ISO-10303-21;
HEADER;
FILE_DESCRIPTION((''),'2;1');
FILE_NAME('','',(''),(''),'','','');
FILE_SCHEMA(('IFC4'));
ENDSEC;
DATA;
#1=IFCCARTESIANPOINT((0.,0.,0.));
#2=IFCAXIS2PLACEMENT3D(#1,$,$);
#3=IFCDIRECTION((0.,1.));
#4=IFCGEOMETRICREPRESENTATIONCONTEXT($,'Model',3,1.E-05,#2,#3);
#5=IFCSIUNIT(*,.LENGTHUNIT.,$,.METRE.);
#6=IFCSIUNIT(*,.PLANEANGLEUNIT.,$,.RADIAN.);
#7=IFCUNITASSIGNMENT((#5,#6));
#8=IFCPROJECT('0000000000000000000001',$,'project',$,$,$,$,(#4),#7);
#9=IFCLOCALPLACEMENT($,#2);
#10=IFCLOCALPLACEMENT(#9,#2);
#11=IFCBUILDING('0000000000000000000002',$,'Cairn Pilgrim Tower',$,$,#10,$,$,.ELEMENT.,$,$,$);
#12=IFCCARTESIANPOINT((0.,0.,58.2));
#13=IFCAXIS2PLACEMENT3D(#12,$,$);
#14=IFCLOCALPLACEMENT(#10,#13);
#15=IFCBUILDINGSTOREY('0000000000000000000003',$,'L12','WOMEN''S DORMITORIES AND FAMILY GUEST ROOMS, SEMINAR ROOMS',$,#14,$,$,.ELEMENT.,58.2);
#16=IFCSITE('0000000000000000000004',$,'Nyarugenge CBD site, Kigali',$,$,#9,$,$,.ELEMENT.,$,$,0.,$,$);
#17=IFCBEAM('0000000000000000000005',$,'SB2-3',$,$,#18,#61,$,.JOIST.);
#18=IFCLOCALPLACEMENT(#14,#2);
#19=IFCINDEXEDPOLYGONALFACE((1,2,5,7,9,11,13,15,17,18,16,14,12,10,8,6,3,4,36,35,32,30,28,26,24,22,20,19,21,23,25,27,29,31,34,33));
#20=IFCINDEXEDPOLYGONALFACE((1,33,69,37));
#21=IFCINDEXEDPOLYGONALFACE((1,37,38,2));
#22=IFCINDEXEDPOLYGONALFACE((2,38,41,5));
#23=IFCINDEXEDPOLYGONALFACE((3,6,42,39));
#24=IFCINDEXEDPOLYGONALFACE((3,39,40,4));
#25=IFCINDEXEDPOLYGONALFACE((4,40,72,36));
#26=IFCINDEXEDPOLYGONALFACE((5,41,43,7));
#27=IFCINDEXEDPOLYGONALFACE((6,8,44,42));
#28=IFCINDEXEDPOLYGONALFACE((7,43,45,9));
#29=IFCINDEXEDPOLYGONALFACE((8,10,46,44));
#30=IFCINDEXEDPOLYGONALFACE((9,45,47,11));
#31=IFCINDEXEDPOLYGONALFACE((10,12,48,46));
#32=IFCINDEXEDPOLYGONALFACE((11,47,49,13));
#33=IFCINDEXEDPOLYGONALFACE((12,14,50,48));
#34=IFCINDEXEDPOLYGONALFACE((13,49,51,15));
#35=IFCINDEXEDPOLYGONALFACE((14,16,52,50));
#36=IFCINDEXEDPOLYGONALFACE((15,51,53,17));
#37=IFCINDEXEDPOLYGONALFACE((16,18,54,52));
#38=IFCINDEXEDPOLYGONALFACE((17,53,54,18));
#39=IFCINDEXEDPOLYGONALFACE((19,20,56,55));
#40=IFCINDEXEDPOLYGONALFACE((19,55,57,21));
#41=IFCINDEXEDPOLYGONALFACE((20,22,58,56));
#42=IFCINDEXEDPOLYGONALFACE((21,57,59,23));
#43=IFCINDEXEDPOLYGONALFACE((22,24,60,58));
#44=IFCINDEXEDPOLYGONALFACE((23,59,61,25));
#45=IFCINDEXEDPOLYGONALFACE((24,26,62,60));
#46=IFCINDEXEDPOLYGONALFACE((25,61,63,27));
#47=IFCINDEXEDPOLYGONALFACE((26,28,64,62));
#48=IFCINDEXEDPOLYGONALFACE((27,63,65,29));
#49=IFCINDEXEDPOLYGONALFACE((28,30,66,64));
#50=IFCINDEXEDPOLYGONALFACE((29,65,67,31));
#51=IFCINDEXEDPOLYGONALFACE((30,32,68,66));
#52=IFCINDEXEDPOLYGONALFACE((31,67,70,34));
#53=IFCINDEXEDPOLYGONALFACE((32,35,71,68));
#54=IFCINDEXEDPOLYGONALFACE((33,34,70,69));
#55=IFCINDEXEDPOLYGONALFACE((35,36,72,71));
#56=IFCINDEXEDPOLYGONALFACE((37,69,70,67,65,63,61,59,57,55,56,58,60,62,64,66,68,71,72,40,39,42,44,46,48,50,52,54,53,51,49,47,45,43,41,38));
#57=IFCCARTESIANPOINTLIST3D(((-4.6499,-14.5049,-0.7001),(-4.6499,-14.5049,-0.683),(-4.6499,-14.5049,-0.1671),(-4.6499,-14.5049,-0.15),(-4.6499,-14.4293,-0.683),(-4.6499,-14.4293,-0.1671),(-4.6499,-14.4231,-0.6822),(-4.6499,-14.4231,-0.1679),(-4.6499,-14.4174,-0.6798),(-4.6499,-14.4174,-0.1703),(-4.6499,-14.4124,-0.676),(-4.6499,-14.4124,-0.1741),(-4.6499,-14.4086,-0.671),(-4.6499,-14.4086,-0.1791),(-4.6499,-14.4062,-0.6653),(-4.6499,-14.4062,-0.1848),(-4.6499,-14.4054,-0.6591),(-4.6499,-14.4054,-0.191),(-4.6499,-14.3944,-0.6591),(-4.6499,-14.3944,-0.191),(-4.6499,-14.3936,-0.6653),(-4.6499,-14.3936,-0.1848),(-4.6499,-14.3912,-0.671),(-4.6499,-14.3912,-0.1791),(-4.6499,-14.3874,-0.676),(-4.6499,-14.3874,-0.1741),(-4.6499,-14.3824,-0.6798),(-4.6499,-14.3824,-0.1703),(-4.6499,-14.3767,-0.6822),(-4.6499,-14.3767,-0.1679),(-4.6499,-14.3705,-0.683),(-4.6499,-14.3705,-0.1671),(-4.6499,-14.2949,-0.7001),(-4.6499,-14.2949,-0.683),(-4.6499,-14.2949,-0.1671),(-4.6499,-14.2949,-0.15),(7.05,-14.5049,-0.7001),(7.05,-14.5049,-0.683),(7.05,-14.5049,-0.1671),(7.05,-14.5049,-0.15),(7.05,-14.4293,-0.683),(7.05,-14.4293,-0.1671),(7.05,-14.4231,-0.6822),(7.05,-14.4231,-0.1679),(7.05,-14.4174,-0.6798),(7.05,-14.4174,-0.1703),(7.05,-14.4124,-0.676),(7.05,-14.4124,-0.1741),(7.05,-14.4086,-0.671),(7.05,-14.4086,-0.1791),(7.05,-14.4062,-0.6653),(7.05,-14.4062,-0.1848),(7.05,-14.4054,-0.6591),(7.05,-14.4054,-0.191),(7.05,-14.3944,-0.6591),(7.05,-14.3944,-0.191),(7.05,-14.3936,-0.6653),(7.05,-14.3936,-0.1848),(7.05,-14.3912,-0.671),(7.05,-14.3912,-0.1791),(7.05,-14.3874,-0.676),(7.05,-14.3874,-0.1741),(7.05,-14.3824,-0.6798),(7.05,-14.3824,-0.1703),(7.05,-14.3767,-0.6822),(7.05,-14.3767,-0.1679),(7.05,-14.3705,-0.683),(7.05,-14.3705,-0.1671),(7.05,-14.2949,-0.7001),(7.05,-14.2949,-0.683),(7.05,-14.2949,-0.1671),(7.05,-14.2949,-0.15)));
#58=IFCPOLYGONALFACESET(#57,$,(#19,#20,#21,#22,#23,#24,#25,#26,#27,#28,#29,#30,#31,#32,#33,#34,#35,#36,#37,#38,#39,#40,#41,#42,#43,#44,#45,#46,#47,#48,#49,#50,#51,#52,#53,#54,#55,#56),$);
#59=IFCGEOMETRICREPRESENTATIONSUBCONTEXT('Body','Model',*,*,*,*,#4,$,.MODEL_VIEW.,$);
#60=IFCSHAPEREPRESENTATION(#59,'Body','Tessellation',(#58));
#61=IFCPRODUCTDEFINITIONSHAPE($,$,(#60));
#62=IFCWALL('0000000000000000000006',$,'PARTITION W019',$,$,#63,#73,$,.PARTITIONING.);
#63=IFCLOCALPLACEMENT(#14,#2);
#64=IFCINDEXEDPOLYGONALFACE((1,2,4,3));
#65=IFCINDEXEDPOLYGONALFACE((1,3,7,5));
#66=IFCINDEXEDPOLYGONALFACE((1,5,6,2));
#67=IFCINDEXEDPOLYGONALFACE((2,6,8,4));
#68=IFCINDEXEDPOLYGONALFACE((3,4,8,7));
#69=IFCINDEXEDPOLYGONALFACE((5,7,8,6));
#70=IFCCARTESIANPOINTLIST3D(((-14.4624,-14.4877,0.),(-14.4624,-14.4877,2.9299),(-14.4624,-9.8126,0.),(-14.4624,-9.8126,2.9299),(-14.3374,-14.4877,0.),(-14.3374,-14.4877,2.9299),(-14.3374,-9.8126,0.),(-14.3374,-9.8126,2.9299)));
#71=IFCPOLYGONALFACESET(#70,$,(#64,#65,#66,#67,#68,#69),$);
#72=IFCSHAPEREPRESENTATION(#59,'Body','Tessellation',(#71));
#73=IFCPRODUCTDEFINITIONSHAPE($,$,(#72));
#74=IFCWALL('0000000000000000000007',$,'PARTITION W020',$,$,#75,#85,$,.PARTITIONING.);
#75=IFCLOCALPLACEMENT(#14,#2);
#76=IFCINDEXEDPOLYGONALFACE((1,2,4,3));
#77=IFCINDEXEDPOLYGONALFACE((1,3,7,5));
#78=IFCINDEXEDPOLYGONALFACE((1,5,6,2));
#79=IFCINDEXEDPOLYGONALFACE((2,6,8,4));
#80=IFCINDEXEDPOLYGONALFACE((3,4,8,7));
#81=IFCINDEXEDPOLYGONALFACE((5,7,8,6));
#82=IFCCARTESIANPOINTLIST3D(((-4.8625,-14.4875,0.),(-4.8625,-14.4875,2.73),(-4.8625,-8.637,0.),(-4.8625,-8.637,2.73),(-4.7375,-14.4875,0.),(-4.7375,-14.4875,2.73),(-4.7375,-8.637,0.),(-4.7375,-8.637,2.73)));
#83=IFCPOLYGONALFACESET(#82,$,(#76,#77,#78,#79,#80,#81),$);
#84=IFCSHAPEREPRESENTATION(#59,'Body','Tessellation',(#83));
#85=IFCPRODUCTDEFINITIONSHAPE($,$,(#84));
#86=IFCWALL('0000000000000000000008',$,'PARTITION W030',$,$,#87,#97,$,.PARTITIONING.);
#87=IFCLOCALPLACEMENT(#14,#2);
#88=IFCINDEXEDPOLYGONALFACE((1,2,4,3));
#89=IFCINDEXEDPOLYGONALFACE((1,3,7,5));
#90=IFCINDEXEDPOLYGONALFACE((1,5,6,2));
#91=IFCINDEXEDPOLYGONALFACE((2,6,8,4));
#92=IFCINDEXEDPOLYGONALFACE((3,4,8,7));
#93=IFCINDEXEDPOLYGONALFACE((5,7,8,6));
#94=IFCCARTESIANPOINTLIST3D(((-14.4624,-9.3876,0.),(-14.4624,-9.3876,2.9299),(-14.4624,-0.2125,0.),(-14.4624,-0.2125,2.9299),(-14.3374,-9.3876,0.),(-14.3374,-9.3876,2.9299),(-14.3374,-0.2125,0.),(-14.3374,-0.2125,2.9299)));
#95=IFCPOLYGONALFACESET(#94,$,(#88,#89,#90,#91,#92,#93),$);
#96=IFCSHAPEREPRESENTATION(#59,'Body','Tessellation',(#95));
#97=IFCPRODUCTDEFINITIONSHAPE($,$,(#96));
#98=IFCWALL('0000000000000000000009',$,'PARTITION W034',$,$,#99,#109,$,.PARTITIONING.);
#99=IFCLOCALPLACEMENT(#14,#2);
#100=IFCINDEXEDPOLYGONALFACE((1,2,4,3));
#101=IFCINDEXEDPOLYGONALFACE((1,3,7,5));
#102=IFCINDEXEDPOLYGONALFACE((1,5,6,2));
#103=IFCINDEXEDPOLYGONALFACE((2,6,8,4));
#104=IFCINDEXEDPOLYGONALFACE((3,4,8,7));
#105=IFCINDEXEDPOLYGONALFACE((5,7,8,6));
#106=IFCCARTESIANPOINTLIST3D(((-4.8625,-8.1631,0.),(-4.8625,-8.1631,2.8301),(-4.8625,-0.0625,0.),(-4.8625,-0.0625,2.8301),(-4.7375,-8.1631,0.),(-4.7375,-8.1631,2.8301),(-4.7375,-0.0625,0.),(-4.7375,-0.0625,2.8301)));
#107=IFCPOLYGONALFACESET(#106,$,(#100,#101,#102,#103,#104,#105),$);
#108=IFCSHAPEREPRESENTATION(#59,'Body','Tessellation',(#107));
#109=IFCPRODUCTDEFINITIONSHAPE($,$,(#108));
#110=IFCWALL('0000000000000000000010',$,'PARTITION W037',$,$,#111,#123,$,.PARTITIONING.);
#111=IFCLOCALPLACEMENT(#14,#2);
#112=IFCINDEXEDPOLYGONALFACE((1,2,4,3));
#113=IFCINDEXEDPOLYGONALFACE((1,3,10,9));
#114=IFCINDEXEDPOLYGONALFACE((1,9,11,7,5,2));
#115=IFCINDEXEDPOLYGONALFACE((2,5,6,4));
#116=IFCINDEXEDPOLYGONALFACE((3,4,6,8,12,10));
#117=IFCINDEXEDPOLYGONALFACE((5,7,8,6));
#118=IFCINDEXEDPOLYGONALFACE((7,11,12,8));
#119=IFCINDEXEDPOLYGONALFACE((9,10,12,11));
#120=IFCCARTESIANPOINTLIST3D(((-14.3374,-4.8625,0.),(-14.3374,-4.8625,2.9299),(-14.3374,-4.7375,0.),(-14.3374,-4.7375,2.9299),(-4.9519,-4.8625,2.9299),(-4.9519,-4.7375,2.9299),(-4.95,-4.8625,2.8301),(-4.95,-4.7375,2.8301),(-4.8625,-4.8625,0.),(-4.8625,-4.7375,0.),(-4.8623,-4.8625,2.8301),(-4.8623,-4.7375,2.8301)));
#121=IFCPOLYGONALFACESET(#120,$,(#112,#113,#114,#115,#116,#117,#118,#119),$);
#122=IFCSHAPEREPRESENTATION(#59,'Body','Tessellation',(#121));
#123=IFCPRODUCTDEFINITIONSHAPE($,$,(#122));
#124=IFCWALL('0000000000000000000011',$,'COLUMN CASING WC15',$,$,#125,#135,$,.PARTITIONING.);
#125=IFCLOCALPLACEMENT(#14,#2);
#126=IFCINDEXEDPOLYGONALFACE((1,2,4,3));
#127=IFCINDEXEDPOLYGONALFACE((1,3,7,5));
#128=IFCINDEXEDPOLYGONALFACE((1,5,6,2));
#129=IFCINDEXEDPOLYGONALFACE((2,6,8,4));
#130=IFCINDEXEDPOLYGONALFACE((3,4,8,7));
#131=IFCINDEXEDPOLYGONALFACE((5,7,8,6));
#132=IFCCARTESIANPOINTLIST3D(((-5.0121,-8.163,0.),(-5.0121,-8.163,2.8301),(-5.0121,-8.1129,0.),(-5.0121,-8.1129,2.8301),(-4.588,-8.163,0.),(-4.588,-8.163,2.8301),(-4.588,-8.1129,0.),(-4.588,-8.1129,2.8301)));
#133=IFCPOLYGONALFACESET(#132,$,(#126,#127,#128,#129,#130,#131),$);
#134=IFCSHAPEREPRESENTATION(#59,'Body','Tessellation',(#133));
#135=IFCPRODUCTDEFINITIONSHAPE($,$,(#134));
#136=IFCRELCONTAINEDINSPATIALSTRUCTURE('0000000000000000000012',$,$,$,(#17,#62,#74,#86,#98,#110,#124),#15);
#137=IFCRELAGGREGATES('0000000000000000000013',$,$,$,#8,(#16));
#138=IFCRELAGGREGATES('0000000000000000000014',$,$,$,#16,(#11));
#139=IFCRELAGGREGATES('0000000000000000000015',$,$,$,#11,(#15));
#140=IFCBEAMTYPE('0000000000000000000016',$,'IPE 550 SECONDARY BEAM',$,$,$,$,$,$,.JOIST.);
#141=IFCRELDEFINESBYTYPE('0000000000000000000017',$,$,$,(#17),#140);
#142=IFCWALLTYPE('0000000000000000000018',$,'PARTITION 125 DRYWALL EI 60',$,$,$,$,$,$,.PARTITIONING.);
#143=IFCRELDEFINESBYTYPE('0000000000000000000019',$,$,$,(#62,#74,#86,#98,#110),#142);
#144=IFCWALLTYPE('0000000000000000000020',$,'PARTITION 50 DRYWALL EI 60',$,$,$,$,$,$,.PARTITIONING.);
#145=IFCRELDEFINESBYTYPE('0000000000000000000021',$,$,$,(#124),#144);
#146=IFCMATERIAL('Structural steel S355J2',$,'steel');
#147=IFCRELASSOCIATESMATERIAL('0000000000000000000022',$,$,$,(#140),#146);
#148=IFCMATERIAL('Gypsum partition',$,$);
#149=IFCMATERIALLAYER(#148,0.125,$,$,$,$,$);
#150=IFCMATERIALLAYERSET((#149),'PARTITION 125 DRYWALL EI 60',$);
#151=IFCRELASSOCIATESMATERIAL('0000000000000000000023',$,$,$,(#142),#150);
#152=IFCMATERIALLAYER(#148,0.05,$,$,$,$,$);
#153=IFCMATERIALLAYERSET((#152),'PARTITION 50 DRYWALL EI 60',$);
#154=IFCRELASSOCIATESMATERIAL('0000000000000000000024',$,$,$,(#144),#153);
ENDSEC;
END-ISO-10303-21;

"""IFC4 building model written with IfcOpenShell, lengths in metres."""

from ifc_helpers import new_model, si_unit, direction, frame, frame_2d, origin, origin_2d, place, context, subcontext, project, spatial, polyline, rectangle, i_section, outline, extrude, material, layer, layer_set, material_profile, profile_set, type_object, element, save


model = new_model("IFC4")

# Units and contexts
model_context = context("Model", 3, precision=1e-05, world=origin(), true_north=direction((0.0, 1.0)))
body_context = subcontext(model_context, "Body", "Model", "MODEL_VIEW")
ifc_project = project(units=[si_unit("LENGTHUNIT", "METRE"), si_unit("PLANEANGLEUNIT", "RADIAN")], contexts=[model_context])

# Site, building, storey
site_placement = place(None, origin())
site = spatial("IfcSite", under=ifc_project, at=site_placement, Name="Nyarugenge CBD site, Kigali", CompositionType="ELEMENT", RefElevation=0.0)
building_placement = place(site_placement, origin())
building = spatial("IfcBuilding", under=site, at=building_placement, Name="Cairn Pilgrim Tower", CompositionType="ELEMENT")
storey_placement = place(building_placement, frame((0.0, 0.0, 58.2)))
storey = spatial("IfcBuildingStorey", under=building, at=storey_placement, Name="L12", Description="WOMEN'S DORMITORIES AND FAMILY GUEST ROOMS, SEMINAR ROOMS", CompositionType="ELEMENT", Elevation=58.2)

# Beam
ifc_material_1 = material(Name="Structural steel S355J2", Category="steel")
ifc_material_profile_1 = material_profile(ifc_material_1, i_section(OverallWidth=0.21, OverallDepth=0.55, WebThickness=0.011, FlangeThickness=0.0171, FilletRadius=0.0239, at=origin_2d()), Name="IPE 550")
ifc_profile_set_1 = profile_set([ifc_material_profile_1], Name="Structural steel S355J2")
beam_type_1 = type_object("IfcBeamType", Name="IPE 550 SECONDARY BEAM", PredefinedType="JOIST", material=ifc_profile_set_1)
beam_1_placement = place(storey_placement, frame((-4.6499, -14.3999, -0.425), z_axis=(1.0, 0.0, 0.0), x_axis=(0.0, 1.0, 0.0)))
element("IfcBeam", 1, at=beam_1_placement, inside=storey, type_object=beam_type_1, Name="SB2-3", PredefinedType="JOIST", context=body_context, shape_type="SweptSolid", body=[
    extrude(i_section(OverallWidth=0.21, OverallDepth=0.55, WebThickness=0.011, FlangeThickness=0.0171, FilletRadius=0.0239, at=origin_2d()), origin(), (0.0, 0.0, 1.0), 11.7),
])

# Walls
ifc_material_2 = material(Name="Gypsum partition")
ifc_layer_1 = layer(ifc_material_2, 0.125)
ifc_layer_set_1 = layer_set([ifc_layer_1], Name="PARTITION 125 DRYWALL EI 60")
wall_type_1 = type_object("IfcWallType", Name="PARTITION 125 DRYWALL EI 60", PredefinedType="PARTITIONING", material=ifc_layer_set_1)
wall_1_placement = place(storey_placement, frame((-14.3999, -14.4875, 0.0), z_axis=(0.0, 0.0, 1.0), x_axis=(0.0, 1.0, 0.0)))
element("IfcWall", 2, at=wall_1_placement, inside=storey, type_object=wall_type_1, Name="PARTITION W019", PredefinedType="PARTITIONING", context=body_context, shape_type="SweptSolid", body=[
    extrude(rectangle(XDim=4.675, YDim=0.125, at=frame_2d((2.3374, 0.0))), origin(), (0.0, 0.0, 1.0), 2.9299),
])
wall_2_placement = place(storey_placement, frame((-4.8, -14.4875, 0.0), z_axis=(0.0, 0.0, 1.0), x_axis=(0.0, 1.0, 0.0)))
element("IfcWall", 3, at=wall_2_placement, inside=storey, type_object=wall_type_1, Name="PARTITION W020", PredefinedType="PARTITIONING", context=body_context, shape_type="SweptSolid", body=[
    extrude(rectangle(XDim=5.8506, YDim=0.125, at=frame_2d((2.9253, 0.0))), origin(), (0.0, 0.0, 1.0), 2.73),
])
wall_3_placement = place(storey_placement, frame((-14.3999, -9.3875, 0.0), z_axis=(0.0, 0.0, 1.0), x_axis=(0.0, 1.0, 0.0)))
element("IfcWall", 4, at=wall_3_placement, inside=storey, type_object=wall_type_1, Name="PARTITION W030", PredefinedType="PARTITIONING", context=body_context, shape_type="SweptSolid", body=[
    extrude(rectangle(XDim=9.175, YDim=0.125, at=frame_2d((4.5874, 0.0))), origin(), (0.0, 0.0, 1.0), 2.9299),
])
wall_4_placement = place(storey_placement, frame((-4.8, -8.1631, 0.0), z_axis=(0.0, 0.0, 1.0), x_axis=(0.0, 1.0, 0.0)))
element("IfcWall", 5, at=wall_4_placement, inside=storey, type_object=wall_type_1, Name="PARTITION W034", PredefinedType="PARTITIONING", context=body_context, shape_type="SweptSolid", body=[
    extrude(rectangle(XDim=8.1006, YDim=0.125, at=frame_2d((4.0503, 0.0))), origin(), (0.0, 0.0, 1.0), 2.8301),
])
wall_5_placement = place(storey_placement, frame((-14.3374, -4.8, 0.0), z_axis=(0.0, 0.0, 1.0), x_axis=(1.0, 0.0, 0.0)))
element("IfcWall", 6, at=wall_5_placement, inside=storey, type_object=wall_type_1, Name="PARTITION W037", PredefinedType="PARTITIONING", context=body_context, shape_type="SweptSolid", body=[
    extrude(outline(polyline([(0.0, 0.0), (9.4749, 0.0), (9.4751, 2.8301), (9.3875, 2.8301), (9.3855, 2.9299), (0.0, 2.9299), (0.0, 0.0)])), frame((0.0, 0.0625, 0.0), z_axis=(0.0, -1.0, 0.0), x_axis=(1.0, 0.0, 0.0)), (0.0, 0.0, 1.0), 0.125),
])
ifc_layer_2 = layer(ifc_material_2, 0.05)
ifc_layer_set_2 = layer_set([ifc_layer_2], Name="PARTITION 50 DRYWALL EI 60")
wall_type_2 = type_object("IfcWallType", Name="PARTITION 50 DRYWALL EI 60", PredefinedType="PARTITIONING", material=ifc_layer_set_2)
wall_6_placement = place(storey_placement, frame((-5.012, -8.1379, 0.0), z_axis=(0.0, 0.0, 1.0), x_axis=(1.0, 0.0, 0.0)))
element("IfcWall", 7, at=wall_6_placement, inside=storey, type_object=wall_type_2, Name="COLUMN CASING WC15", PredefinedType="PARTITIONING", context=body_context, shape_type="SweptSolid", body=[
    extrude(rectangle(XDim=0.4241, YDim=0.05, at=frame_2d((0.2119, 0.0))), origin(), (0.0, 0.0, 1.0), 2.8301),
])

save(model, "model.ifc")
